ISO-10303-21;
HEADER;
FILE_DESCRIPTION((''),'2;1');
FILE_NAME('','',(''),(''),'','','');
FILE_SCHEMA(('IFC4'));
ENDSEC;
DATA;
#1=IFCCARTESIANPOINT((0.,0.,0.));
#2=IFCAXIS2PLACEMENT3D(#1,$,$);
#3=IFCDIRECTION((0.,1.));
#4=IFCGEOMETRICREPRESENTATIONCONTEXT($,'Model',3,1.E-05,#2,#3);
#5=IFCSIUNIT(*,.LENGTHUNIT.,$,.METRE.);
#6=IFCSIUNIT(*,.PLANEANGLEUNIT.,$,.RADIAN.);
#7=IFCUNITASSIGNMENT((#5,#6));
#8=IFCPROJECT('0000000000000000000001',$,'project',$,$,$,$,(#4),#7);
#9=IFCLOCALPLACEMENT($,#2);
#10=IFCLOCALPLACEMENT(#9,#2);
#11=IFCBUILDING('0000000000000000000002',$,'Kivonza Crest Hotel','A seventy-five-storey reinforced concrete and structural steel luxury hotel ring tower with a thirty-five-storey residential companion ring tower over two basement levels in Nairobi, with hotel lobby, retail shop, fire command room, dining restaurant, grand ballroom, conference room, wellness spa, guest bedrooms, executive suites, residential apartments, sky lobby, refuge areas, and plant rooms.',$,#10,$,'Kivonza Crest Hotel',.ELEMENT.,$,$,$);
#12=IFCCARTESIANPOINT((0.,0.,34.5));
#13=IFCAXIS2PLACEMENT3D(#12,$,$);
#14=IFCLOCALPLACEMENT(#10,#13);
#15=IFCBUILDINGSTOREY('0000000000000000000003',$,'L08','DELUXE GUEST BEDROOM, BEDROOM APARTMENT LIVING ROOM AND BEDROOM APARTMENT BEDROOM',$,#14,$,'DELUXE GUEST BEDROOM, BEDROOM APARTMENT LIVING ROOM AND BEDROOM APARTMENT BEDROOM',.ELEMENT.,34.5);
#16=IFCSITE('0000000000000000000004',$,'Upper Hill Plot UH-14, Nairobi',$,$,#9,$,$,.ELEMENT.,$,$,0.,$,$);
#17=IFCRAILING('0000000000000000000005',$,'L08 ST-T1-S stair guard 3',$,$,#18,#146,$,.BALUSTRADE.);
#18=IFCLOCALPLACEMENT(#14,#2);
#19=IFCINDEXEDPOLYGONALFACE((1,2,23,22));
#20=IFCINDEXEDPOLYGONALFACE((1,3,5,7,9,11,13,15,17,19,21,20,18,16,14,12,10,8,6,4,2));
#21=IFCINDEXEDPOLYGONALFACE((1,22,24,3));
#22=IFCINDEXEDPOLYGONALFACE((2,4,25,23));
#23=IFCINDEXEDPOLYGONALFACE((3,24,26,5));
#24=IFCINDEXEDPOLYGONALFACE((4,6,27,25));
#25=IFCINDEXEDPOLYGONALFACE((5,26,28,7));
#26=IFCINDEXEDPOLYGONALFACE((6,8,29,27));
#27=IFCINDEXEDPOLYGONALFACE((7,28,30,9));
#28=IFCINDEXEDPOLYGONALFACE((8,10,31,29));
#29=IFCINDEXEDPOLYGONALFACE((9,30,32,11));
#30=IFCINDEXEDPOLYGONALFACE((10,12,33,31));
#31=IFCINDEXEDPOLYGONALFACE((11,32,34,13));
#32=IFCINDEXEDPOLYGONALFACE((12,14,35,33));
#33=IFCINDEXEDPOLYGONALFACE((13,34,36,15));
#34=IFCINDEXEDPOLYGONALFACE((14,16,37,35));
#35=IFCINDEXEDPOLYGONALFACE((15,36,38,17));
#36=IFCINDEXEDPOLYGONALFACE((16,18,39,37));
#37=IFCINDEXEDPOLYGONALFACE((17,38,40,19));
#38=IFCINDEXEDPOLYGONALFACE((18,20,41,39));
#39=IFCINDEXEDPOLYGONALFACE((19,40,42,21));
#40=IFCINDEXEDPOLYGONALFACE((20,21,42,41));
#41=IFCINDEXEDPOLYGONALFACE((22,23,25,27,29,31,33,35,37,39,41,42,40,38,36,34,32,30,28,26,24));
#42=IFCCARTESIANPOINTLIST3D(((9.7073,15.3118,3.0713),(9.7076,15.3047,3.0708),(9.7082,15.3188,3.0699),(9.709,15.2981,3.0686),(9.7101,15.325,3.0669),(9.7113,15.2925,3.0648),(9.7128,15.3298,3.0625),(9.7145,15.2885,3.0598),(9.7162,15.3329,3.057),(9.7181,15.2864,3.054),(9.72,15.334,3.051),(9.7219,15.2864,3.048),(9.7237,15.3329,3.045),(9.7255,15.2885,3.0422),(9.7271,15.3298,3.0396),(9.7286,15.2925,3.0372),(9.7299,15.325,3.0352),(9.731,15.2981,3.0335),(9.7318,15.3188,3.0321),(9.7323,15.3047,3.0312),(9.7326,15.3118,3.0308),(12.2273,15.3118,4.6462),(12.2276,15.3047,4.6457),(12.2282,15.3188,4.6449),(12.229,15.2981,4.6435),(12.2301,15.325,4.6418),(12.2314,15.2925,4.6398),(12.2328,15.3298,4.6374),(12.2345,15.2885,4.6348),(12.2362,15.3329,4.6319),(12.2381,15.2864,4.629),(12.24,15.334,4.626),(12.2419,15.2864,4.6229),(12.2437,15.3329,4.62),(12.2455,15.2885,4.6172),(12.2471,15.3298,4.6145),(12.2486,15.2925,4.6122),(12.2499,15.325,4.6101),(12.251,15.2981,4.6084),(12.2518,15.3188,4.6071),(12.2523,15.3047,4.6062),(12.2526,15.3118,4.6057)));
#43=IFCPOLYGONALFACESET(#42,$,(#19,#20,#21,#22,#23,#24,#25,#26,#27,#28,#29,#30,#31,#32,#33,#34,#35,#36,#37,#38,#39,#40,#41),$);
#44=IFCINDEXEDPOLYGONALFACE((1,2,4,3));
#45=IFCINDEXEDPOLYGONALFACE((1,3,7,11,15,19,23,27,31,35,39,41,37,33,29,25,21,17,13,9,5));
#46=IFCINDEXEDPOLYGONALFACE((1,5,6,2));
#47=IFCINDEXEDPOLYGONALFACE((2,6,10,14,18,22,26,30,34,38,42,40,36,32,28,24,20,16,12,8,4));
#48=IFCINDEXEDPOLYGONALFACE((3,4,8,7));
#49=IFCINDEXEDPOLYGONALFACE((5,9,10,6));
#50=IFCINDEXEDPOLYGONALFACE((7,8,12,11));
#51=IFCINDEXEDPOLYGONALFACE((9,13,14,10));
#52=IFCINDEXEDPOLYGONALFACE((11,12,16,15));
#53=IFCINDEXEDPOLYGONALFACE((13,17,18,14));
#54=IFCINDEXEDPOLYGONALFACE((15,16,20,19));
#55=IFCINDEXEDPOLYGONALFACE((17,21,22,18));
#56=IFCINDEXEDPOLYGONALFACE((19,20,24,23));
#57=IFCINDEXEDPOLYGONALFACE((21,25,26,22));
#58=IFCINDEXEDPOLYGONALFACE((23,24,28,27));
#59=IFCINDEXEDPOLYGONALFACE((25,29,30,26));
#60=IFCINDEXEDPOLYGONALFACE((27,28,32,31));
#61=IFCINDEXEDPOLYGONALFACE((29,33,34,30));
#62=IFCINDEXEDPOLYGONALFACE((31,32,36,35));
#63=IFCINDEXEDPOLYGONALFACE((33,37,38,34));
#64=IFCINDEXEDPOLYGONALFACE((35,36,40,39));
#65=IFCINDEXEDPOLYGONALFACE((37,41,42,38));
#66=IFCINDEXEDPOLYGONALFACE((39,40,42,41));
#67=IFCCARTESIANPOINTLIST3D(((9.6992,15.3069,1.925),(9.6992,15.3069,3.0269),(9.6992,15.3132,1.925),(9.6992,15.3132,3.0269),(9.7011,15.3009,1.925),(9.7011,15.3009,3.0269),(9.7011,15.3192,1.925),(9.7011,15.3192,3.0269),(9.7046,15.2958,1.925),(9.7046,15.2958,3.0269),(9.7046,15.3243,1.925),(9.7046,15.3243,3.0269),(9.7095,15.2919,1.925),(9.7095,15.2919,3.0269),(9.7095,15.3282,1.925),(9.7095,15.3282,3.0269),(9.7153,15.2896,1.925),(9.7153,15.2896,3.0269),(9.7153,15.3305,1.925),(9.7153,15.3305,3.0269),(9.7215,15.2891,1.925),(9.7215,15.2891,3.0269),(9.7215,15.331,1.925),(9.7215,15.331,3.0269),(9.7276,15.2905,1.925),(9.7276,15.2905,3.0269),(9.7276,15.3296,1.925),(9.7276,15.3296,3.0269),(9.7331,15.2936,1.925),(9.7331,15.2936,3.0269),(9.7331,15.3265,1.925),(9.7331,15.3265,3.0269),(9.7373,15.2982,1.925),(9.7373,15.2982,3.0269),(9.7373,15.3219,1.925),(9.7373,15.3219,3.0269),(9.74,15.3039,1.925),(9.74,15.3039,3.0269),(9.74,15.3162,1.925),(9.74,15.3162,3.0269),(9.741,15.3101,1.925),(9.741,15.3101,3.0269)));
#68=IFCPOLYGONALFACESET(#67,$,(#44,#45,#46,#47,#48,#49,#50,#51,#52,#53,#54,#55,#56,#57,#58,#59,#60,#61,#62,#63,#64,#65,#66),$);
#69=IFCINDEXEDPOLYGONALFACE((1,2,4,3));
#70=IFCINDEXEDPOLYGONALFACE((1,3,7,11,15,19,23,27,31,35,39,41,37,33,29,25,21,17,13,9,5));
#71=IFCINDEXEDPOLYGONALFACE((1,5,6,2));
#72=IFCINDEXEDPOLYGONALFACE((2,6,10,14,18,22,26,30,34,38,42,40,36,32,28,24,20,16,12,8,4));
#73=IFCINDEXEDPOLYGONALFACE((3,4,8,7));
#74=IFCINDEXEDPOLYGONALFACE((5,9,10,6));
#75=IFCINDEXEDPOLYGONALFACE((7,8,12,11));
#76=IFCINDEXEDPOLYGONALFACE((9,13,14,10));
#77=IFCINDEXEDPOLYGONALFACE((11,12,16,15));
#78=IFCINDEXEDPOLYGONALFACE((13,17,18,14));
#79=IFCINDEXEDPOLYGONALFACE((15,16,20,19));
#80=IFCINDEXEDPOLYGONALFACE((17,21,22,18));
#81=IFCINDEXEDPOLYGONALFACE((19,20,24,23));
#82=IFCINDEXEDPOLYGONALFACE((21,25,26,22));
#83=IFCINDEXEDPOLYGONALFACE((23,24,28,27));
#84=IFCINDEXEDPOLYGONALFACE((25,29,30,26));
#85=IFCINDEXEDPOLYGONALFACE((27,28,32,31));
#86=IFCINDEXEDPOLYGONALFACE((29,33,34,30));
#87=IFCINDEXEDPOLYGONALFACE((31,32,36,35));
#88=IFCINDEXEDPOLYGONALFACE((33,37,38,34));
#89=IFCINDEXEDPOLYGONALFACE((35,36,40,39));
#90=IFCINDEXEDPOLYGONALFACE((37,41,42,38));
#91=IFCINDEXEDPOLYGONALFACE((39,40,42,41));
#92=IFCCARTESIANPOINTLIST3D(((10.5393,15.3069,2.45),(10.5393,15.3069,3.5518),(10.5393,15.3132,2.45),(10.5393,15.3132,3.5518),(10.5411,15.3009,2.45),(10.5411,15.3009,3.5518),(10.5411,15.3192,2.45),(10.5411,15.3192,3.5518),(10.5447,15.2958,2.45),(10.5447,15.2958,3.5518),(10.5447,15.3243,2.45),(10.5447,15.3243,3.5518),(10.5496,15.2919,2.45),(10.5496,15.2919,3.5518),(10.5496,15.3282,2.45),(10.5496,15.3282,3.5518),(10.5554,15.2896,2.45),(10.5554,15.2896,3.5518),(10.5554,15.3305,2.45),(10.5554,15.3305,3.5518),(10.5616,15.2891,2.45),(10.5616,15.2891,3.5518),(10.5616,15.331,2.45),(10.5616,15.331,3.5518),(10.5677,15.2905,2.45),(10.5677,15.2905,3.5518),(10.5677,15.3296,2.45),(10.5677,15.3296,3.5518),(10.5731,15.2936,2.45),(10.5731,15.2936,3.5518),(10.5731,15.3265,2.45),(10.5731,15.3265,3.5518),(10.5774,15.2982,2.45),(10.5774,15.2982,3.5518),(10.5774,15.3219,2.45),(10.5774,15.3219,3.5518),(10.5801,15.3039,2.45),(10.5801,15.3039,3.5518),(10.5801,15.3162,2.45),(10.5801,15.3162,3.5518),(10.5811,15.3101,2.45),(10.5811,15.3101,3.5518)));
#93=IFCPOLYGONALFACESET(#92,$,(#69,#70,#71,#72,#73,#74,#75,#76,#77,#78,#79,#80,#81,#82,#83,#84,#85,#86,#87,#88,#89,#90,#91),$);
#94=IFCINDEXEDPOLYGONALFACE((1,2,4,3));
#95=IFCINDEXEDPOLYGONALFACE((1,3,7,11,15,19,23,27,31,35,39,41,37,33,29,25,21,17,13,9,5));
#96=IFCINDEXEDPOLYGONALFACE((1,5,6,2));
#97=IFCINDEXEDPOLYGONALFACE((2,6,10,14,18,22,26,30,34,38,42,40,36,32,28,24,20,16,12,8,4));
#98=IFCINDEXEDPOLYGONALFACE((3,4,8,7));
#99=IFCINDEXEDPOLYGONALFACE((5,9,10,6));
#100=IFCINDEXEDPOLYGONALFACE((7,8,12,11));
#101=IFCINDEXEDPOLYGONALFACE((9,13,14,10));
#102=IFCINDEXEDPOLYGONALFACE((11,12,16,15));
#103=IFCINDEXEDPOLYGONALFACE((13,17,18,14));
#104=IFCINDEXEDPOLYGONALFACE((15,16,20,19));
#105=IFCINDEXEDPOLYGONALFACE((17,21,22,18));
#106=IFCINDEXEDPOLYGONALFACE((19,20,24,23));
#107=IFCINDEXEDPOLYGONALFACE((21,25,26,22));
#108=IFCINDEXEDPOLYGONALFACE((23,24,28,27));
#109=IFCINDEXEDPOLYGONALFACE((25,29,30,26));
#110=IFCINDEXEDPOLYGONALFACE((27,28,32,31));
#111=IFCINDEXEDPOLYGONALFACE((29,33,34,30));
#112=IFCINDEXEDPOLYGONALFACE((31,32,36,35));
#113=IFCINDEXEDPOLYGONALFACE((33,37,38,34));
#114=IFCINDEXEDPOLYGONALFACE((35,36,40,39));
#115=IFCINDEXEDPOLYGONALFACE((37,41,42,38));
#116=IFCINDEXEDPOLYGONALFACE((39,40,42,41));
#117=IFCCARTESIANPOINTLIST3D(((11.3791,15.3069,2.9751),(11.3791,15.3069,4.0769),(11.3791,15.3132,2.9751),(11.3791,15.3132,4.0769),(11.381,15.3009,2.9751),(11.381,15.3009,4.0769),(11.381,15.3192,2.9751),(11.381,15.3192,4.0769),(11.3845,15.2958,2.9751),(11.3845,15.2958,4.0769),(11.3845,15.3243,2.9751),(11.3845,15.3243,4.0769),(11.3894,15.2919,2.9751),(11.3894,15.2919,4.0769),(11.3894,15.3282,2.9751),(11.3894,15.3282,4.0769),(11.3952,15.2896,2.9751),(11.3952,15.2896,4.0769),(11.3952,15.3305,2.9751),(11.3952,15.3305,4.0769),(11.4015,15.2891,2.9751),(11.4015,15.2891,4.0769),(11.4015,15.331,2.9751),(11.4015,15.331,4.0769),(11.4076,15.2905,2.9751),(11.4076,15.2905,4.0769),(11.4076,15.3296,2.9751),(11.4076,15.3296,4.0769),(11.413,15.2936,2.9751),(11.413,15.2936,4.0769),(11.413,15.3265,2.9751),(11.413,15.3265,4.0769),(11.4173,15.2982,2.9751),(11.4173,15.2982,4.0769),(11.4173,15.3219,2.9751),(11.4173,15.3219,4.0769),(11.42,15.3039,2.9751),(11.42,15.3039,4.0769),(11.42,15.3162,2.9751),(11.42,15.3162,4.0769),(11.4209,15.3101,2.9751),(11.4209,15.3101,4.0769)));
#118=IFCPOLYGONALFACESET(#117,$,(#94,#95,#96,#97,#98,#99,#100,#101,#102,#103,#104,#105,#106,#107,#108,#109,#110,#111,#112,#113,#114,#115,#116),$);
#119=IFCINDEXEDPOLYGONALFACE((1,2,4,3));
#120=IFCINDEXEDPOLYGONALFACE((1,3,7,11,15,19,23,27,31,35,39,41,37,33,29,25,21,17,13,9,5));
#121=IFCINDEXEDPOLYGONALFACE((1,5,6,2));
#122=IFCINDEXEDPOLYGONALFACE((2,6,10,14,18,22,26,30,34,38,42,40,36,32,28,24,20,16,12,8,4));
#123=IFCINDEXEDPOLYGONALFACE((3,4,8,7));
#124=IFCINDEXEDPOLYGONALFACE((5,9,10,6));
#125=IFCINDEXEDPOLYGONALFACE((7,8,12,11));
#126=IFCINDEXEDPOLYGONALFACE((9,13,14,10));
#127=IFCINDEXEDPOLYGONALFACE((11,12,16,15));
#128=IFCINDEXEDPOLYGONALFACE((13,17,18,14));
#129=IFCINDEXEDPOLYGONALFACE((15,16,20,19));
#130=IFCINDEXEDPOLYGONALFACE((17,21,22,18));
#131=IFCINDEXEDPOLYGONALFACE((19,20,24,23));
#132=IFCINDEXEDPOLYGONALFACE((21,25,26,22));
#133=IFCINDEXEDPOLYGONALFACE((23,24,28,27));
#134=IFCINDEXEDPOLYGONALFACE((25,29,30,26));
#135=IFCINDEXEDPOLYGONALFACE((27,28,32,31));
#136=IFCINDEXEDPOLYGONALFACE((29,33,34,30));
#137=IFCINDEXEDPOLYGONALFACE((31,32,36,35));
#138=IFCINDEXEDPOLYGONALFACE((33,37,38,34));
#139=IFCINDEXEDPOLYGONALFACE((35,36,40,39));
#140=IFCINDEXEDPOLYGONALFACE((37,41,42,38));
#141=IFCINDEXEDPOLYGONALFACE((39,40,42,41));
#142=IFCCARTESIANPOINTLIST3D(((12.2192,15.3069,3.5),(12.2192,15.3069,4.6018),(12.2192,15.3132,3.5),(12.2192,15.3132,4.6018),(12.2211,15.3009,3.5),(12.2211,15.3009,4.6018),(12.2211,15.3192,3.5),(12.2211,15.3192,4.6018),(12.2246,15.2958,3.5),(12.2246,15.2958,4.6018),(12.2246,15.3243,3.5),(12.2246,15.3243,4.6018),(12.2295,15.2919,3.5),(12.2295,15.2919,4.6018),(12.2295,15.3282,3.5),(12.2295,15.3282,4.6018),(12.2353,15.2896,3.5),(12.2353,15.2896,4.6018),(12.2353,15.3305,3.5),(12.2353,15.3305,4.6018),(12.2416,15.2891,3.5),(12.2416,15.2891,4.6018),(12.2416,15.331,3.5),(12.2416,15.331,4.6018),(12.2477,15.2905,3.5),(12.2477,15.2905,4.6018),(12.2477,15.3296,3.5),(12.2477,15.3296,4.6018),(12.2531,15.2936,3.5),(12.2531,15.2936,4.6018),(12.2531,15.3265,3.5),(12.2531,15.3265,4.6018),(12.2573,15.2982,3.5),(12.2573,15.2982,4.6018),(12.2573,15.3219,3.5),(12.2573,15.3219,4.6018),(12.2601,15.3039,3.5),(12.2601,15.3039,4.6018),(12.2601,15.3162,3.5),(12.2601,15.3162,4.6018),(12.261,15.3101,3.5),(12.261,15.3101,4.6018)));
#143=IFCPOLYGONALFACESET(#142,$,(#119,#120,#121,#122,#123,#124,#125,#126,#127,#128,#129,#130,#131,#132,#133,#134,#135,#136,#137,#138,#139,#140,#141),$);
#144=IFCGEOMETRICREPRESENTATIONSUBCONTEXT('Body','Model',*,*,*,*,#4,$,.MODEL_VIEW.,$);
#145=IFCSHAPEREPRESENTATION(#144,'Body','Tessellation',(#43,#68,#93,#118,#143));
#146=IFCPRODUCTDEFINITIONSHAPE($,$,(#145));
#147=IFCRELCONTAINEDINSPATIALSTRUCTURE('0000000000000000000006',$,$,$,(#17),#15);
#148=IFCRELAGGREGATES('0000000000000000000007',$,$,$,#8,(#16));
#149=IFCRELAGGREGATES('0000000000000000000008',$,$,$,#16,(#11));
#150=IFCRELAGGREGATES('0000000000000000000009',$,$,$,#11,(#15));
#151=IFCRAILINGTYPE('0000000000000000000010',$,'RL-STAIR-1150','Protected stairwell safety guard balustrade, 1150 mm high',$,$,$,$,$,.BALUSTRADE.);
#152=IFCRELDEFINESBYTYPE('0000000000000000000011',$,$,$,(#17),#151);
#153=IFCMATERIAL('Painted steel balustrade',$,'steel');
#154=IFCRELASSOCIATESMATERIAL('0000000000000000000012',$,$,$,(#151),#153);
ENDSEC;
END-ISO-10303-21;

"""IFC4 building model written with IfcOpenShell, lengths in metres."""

from ifc_helpers import new_model, si_unit, direction, frame, origin, origin_2d, place, context, subcontext, project, spatial, circle, extrude, material, type_object, element, save


model = new_model("IFC4")

# Units and contexts
model_context = context("Model", 3, precision=1e-05, world=origin(), true_north=direction((0.0, 1.0)))
body_context = subcontext(model_context, "Body", "Model", "MODEL_VIEW")
ifc_project = project(units=[si_unit("LENGTHUNIT", "METRE"), si_unit("PLANEANGLEUNIT", "RADIAN")], contexts=[model_context])

# Site, building, storey
site_placement = place(None, origin())
site = spatial("IfcSite", under=ifc_project, at=site_placement, Name="Upper Hill Plot UH-14, Nairobi", CompositionType="ELEMENT", RefElevation=0.0)
building_placement = place(site_placement, origin())
building = spatial("IfcBuilding", under=site, at=building_placement, Name="Kivonza Crest Hotel", Description="A seventy-five-storey reinforced concrete and structural steel luxury hotel ring tower with a thirty-five-storey residential companion ring tower over two basement levels in Nairobi, with hotel lobby, retail shop, fire command room, dining restaurant, grand ballroom, conference room, wellness spa, guest bedrooms, executive suites, residential apartments, sky lobby, refuge areas, and plant rooms.", LongName="Kivonza Crest Hotel", CompositionType="ELEMENT")
storey_placement = place(building_placement, frame((0.0, 0.0, 34.5)))
storey = spatial("IfcBuildingStorey", under=building, at=storey_placement, Name="L08", Description="DELUXE GUEST BEDROOM, BEDROOM APARTMENT LIVING ROOM AND BEDROOM APARTMENT BEDROOM", LongName="DELUXE GUEST BEDROOM, BEDROOM APARTMENT LIVING ROOM AND BEDROOM APARTMENT BEDROOM", CompositionType="ELEMENT", Elevation=34.5)

# Railing
ifc_material_1 = material(Name="Painted steel balustrade", Category="steel")
railing_type_1 = type_object("IfcRailingType", Name="RL-STAIR-1150", Description="Protected stairwell safety guard balustrade, 1150 mm high", PredefinedType="BALUSTRADE", material=ifc_material_1)
railing_1_placement = place(storey_placement, frame((9.72, 15.3101, 1.925)))
element("IfcRailing", 1, at=railing_1_placement, inside=storey, type_object=railing_type_1, Name="L08 ST-T1-S stair guard 3", PredefinedType="BALUSTRADE", context=body_context, shape_type="SweptSolid", body=[
    extrude(circle(Radius=0.0239, at=origin_2d()), frame((0.0, 0.0, 1.126), z_axis=(0.848008, 0.0, 0.529984), x_axis=(0.0, 1.0, 0.0)), (0.0, 0.0, 1.0), 2.9717),
    extrude(circle(Radius=0.021, at=origin_2d()), origin(), (0.0, 0.0, 1.0), 1.1018),
    extrude(circle(Radius=0.021, at=origin_2d()), frame((0.8401, 0.0, 0.5249)), (0.0, 0.0, 1.0), 1.1018),
    extrude(circle(Radius=0.021, at=origin_2d()), frame((1.6799, 0.0, 1.05)), (0.0, 0.0, 1.0), 1.1018),
    extrude(circle(Radius=0.021, at=origin_2d()), frame((2.52, 0.0, 1.575)), (0.0, 0.0, 1.0), 1.1018),
])

save(model, "model.ifc")
